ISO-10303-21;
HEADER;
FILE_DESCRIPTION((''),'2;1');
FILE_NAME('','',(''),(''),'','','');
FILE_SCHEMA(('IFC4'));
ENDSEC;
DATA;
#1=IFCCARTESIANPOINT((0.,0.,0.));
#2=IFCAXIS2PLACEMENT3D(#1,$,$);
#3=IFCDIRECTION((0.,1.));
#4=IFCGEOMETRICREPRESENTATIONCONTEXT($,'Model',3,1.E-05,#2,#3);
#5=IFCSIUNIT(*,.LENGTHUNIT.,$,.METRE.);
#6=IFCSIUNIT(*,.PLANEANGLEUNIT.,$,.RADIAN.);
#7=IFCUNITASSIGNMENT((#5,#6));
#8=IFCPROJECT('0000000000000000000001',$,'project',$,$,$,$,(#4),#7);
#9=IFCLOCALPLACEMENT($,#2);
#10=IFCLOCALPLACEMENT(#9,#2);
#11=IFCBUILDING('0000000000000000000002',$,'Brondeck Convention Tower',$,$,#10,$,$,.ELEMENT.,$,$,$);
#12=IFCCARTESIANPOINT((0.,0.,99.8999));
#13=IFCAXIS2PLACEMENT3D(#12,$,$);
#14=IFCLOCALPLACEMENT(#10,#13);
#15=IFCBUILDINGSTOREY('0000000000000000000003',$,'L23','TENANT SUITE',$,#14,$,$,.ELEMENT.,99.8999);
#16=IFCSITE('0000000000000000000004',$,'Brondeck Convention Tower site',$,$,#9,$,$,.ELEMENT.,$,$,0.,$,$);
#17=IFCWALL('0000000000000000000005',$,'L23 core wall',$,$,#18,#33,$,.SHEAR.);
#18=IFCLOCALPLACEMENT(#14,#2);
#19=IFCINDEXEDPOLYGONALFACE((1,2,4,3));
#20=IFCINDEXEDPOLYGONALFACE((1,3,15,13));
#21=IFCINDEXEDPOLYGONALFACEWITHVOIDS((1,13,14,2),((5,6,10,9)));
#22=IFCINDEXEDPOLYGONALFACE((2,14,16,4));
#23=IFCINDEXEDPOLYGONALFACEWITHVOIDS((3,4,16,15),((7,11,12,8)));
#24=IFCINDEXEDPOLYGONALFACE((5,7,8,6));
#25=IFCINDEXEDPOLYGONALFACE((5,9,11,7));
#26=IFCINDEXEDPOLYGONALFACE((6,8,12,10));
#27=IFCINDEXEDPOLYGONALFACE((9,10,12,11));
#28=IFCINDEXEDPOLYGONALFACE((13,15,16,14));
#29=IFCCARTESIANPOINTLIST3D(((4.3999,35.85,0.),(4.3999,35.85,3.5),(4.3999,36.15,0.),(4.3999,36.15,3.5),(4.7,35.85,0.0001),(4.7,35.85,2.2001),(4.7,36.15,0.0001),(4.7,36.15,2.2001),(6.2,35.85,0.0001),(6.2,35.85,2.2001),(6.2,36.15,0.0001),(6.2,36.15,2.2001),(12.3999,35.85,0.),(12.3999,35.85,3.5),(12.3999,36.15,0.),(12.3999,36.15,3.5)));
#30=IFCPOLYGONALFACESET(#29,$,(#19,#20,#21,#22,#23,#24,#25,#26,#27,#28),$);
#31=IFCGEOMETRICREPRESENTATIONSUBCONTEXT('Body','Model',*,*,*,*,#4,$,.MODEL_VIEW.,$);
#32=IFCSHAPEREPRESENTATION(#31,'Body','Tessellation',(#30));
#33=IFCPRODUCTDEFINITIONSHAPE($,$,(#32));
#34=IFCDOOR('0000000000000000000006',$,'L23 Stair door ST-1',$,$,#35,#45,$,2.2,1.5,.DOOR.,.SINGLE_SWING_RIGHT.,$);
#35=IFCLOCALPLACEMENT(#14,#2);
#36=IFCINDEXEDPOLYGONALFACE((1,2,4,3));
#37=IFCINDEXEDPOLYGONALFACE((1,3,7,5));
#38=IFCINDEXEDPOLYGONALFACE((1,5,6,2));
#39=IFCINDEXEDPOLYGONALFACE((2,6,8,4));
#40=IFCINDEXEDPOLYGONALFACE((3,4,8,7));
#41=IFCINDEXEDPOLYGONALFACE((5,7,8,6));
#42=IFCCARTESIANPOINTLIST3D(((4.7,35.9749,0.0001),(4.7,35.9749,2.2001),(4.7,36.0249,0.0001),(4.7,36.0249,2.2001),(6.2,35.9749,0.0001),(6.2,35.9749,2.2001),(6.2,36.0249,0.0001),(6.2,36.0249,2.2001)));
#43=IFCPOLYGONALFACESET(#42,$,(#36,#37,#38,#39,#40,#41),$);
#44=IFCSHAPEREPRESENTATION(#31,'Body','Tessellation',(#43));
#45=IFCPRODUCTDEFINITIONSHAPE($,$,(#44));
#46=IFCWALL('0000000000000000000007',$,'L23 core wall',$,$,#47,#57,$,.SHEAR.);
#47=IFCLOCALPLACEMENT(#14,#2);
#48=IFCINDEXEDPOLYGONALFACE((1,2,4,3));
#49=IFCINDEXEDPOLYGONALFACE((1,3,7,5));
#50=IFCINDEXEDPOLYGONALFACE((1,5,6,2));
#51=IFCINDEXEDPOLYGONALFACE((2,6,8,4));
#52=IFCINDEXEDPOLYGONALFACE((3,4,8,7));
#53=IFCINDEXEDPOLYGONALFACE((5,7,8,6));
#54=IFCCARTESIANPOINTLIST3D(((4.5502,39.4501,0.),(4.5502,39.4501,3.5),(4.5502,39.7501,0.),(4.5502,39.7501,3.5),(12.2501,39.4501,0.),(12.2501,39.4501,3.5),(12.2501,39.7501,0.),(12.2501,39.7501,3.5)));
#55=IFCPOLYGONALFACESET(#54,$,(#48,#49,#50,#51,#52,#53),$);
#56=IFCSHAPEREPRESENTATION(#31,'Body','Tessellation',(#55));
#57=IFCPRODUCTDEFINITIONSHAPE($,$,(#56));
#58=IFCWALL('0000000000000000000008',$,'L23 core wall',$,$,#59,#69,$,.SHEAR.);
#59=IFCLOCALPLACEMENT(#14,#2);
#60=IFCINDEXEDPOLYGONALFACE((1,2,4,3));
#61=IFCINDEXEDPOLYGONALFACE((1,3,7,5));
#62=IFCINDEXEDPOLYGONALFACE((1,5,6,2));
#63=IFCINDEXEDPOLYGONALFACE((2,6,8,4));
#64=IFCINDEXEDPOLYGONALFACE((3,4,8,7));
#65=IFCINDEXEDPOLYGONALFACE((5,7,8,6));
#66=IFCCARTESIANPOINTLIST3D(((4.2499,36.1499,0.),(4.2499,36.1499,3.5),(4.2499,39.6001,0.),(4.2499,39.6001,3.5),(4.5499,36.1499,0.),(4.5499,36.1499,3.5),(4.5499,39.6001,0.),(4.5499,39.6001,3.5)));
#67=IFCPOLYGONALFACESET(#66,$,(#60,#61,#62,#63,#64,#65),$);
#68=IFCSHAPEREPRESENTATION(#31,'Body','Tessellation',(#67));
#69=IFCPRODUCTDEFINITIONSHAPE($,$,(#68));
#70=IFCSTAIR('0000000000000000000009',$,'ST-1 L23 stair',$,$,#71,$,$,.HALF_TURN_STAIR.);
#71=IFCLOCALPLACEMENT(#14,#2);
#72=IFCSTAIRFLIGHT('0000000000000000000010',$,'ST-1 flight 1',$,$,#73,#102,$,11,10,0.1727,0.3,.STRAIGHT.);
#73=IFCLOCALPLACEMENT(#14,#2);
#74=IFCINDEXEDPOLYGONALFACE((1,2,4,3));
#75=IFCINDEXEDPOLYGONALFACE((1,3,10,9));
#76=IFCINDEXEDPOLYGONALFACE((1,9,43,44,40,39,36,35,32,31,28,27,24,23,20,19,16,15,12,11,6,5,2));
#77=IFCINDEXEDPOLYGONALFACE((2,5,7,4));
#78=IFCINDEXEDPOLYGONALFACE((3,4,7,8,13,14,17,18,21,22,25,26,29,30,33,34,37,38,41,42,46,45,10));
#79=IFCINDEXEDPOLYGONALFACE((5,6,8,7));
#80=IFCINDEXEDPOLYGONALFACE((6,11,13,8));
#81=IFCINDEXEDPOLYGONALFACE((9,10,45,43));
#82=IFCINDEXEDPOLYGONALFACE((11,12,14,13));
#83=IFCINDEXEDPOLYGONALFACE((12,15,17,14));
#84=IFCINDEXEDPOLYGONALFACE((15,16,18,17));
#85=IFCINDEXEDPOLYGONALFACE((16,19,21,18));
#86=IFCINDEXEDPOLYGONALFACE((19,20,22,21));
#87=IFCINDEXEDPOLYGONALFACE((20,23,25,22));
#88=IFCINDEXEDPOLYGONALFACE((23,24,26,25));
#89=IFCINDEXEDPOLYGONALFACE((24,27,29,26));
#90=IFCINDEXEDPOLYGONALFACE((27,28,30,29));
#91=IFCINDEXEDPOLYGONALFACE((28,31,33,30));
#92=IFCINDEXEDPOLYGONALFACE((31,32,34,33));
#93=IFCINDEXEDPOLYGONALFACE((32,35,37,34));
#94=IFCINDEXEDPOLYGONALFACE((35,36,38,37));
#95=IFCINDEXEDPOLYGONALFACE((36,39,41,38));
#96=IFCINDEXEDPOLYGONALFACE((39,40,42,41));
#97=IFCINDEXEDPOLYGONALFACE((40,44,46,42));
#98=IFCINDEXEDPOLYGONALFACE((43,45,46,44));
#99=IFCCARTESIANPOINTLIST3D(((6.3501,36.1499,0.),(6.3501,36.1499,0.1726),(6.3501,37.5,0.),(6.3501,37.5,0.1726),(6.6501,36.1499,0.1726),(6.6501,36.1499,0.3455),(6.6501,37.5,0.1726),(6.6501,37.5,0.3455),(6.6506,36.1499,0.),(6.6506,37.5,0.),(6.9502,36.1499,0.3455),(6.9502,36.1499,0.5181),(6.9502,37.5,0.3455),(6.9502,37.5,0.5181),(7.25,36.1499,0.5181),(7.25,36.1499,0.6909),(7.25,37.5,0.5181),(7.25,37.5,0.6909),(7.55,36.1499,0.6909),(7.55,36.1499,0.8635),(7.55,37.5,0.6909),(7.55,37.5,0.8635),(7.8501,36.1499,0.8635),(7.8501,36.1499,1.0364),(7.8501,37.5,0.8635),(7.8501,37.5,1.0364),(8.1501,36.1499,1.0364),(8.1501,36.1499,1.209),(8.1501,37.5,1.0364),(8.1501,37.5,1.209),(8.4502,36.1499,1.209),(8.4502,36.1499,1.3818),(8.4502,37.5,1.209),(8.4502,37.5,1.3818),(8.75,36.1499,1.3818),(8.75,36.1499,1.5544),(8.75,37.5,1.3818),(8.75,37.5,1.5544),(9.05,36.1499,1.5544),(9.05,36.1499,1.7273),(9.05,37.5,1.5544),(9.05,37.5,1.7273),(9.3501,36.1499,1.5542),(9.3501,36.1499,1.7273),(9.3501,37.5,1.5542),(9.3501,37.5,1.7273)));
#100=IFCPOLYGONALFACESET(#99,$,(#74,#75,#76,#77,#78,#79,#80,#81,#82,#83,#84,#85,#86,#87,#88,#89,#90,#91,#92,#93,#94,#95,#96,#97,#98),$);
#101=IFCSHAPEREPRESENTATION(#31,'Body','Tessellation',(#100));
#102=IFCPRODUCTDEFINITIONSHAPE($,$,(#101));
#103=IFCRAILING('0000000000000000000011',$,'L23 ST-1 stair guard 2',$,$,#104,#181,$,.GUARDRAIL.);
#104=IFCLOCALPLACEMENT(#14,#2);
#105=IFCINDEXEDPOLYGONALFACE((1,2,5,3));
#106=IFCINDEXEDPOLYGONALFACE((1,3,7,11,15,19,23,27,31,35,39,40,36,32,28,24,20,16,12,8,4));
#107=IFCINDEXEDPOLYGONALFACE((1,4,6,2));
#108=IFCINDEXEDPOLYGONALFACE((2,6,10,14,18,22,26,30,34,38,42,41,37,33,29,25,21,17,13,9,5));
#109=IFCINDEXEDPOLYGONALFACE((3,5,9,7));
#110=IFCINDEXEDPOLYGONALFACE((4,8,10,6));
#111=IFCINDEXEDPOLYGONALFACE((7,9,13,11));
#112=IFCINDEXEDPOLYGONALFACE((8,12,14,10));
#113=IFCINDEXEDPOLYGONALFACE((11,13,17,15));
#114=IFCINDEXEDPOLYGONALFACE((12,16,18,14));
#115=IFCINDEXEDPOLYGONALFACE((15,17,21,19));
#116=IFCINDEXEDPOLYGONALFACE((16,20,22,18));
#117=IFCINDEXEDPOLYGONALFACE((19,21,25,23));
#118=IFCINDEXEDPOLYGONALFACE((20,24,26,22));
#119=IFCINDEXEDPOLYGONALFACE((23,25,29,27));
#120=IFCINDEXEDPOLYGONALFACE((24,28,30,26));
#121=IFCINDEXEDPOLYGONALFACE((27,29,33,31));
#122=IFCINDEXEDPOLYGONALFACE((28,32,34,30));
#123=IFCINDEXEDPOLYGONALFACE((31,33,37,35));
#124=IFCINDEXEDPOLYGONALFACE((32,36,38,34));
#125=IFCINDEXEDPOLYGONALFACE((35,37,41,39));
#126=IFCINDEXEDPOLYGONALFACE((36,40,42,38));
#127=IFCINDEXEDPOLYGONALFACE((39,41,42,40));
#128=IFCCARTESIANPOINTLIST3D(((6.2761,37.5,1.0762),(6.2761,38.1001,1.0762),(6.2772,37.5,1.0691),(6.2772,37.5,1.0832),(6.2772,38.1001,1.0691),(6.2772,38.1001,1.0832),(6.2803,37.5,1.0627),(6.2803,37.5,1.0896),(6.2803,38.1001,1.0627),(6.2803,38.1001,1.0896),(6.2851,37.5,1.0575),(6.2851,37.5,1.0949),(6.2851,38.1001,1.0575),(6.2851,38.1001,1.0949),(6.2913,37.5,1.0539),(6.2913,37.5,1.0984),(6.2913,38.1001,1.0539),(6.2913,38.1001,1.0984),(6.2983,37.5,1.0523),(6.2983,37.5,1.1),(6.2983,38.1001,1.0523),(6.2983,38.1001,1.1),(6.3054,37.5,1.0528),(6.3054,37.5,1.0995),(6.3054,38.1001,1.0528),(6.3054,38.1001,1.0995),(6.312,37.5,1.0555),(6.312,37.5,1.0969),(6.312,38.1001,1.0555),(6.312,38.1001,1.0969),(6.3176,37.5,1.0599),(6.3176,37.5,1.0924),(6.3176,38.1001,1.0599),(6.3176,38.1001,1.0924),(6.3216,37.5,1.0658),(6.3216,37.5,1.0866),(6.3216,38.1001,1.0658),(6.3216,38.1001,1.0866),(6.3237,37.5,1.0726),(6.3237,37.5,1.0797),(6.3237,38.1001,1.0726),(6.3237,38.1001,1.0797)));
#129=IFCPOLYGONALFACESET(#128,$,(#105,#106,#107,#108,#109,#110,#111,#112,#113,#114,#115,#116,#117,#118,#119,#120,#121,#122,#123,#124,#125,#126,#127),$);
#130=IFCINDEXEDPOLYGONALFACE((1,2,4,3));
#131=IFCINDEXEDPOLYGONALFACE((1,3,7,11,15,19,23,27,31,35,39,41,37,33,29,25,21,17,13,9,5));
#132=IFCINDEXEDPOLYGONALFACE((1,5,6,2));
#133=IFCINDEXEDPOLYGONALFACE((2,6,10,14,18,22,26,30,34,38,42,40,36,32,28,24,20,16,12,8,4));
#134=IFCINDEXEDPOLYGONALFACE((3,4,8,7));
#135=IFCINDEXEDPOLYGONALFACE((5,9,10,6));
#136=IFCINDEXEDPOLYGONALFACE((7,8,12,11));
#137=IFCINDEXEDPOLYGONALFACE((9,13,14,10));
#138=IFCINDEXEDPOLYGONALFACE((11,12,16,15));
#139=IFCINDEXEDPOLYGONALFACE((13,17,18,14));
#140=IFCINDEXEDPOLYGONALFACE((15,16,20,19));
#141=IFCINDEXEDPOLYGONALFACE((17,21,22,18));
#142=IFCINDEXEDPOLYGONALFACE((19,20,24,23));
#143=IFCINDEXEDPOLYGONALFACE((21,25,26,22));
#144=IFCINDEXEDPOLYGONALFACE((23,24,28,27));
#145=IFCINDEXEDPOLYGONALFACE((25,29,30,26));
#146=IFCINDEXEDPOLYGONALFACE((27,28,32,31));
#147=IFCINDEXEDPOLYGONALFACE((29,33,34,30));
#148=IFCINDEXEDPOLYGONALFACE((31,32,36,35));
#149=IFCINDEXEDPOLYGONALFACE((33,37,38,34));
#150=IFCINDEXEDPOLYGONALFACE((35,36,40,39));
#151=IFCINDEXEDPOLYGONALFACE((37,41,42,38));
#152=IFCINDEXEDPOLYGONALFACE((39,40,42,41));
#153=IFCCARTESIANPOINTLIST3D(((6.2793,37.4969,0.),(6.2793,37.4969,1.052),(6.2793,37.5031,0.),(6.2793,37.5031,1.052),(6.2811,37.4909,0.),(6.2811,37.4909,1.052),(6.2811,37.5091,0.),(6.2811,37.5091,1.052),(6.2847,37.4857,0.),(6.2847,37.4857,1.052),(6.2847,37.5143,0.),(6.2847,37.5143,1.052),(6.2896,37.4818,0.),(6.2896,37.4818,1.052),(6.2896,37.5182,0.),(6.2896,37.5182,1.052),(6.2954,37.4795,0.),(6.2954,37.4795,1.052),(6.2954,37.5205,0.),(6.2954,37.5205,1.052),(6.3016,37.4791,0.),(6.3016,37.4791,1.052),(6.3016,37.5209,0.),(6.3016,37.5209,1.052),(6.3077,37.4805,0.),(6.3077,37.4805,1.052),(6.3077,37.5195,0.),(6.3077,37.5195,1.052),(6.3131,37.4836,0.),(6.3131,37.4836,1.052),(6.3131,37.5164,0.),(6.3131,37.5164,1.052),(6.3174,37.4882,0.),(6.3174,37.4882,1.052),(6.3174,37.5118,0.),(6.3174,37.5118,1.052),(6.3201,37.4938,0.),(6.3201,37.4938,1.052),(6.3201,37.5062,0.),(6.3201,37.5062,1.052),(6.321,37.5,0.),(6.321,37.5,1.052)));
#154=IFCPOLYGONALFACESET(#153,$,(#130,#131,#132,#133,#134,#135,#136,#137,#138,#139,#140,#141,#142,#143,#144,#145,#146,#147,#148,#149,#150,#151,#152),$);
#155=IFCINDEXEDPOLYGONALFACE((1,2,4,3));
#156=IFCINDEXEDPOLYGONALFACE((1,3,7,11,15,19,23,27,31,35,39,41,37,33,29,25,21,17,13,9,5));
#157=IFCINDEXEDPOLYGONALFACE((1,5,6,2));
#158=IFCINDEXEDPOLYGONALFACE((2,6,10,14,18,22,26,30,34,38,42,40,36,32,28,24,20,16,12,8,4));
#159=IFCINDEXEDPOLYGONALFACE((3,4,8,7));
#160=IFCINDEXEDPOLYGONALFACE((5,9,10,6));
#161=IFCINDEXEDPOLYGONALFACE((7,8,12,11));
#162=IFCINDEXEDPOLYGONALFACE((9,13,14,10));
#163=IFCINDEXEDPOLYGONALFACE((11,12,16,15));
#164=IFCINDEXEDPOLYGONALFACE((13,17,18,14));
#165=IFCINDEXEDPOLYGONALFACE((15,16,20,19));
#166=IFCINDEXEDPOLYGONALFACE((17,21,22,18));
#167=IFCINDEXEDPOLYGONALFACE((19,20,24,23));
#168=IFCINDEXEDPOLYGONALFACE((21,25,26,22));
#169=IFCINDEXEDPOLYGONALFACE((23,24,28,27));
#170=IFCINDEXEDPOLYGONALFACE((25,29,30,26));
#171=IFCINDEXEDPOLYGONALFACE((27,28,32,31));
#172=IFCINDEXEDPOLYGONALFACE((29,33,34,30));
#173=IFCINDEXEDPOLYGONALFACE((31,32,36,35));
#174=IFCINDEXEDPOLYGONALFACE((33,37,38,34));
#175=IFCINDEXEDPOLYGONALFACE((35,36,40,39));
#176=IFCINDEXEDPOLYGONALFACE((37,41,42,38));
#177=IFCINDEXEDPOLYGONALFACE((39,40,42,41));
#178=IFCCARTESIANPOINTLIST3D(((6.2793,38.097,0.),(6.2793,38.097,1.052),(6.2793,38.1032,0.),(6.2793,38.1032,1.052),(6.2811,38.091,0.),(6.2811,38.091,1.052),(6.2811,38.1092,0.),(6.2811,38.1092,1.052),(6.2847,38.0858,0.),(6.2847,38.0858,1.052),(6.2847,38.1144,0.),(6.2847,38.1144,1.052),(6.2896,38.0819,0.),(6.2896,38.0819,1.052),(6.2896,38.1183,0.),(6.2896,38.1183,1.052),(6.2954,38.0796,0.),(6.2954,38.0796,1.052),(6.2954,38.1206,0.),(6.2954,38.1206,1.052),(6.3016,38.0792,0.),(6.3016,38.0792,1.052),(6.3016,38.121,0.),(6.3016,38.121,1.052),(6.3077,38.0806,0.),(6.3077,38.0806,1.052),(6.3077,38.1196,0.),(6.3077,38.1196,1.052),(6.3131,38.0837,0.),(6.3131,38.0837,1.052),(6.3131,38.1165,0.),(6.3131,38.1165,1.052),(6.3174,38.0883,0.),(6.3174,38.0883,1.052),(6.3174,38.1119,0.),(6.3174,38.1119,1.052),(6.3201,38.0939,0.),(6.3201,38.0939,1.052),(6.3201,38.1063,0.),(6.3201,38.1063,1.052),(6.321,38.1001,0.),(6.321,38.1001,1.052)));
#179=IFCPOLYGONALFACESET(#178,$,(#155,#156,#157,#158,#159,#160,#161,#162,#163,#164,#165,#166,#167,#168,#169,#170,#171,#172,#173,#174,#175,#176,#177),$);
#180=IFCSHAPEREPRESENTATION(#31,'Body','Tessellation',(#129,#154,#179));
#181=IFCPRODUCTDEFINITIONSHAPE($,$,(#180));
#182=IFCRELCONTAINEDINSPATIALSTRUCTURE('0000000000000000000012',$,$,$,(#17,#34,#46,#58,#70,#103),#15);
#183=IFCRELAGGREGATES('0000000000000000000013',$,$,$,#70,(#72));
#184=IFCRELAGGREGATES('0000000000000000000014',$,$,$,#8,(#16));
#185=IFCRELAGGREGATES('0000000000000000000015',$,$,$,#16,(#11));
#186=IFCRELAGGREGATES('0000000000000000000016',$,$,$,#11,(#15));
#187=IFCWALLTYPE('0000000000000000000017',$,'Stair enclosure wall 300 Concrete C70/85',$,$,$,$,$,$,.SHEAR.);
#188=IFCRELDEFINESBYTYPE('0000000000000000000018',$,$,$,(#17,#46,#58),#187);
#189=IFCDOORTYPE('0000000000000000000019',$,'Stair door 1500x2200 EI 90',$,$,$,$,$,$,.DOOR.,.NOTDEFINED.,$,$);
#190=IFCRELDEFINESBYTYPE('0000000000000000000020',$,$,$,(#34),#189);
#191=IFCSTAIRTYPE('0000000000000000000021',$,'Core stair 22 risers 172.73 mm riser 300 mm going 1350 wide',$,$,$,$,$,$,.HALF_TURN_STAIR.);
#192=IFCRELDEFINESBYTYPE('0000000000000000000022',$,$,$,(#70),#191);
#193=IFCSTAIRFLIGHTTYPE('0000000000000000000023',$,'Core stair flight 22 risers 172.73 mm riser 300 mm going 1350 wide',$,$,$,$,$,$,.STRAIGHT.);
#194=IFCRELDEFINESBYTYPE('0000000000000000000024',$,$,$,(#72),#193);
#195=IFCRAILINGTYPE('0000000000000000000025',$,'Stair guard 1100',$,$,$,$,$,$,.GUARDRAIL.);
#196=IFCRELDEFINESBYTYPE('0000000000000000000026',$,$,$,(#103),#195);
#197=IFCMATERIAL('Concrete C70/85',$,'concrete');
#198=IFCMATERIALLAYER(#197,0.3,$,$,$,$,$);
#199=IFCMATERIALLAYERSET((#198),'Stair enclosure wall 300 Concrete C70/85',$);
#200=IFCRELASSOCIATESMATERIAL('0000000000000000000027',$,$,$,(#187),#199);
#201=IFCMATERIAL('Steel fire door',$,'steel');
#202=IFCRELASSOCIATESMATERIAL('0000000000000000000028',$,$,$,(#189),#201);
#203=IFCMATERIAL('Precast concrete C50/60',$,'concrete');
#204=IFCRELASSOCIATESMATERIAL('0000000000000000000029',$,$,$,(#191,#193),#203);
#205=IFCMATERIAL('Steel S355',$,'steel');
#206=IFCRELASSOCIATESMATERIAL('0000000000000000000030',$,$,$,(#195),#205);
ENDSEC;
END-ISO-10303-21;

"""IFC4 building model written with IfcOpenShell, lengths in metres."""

from ifc_helpers import new_model, si_unit, direction, frame, frame_2d, origin, origin_2d, place, context, subcontext, project, spatial, polyline, rectangle, circle, outline, extrude, material, layer, layer_set, type_object, element, fill, aggregate, save


model = new_model("IFC4")

# Units and contexts
model_context = context("Model", 3, precision=1e-05, world=origin(), true_north=direction((0.0, 1.0)))
body_context = subcontext(model_context, "Body", "Model", "MODEL_VIEW")
ifc_project = project(units=[si_unit("LENGTHUNIT", "METRE"), si_unit("PLANEANGLEUNIT", "RADIAN")], contexts=[model_context])

# Site, building, storey
site_placement = place(None, origin())
site = spatial("IfcSite", under=ifc_project, at=site_placement, Name="Brondeck Convention Tower site", CompositionType="ELEMENT", RefElevation=0.0)
building_placement = place(site_placement, origin())
building = spatial("IfcBuilding", under=site, at=building_placement, Name="Brondeck Convention Tower", CompositionType="ELEMENT")
storey_placement = place(building_placement, frame((0.0, 0.0, 99.8999)))
storey = spatial("IfcBuildingStorey", under=building, at=storey_placement, Name="L23", Description="TENANT SUITE", CompositionType="ELEMENT", Elevation=99.8999)

# Shared definitions
ifc_material_1 = material(Name="Concrete C70/85", Category="concrete")

# Shared definitions
ifc_material_2 = material(Name="Steel fire door", Category="steel")

# Wall, opening, door
ifc_layer_1 = layer(ifc_material_1, 0.3)
ifc_layer_set_1 = layer_set([ifc_layer_1], Name="Stair enclosure wall 300 Concrete C70/85")
wall_type_1 = type_object("IfcWallType", Name="Stair enclosure wall 300 Concrete C70/85", PredefinedType="SHEAR", material=ifc_layer_set_1)
wall_1_placement = place(storey_placement, frame((4.3999, 36.0, 0.0), z_axis=(0.0, 0.0, 1.0), x_axis=(1.0, 0.0, 0.0)))
wall_1 = element("IfcWall", 1, at=wall_1_placement, inside=storey, type_object=wall_type_1, Name="L23 core wall", PredefinedType="SHEAR", context=body_context, shape_type="SweptSolid", body=[
    extrude(rectangle(XDim=8.0, YDim=0.3, at=frame_2d((4.0, 0.0))), origin(), (0.0, 0.0, 1.0), 3.5),
])
opening_1_placement = place(wall_1_placement, frame((0.3, 0.0, 0.0)))
opening_1 = element("IfcOpeningElement", 2, at=opening_1_placement, cuts=wall_1, PredefinedType="OPENING", context=body_context, shape_type="SweptSolid", body=[
    extrude(rectangle(XDim=1.5, YDim=2.2, at=frame_2d((0.75, 1.1001))), frame((0.0, 0.1599, 0.0), z_axis=(0.0, -1.0, 0.0), x_axis=(1.0, 0.0, 0.0)), (0.0, 0.0, 1.0), 0.3201),
])
door_type_1 = type_object("IfcDoorType", Name="Stair door 1500x2200 EI 90", OperationType="NOTDEFINED", PredefinedType="DOOR", material=ifc_material_2)
door_1_placement = place(opening_1_placement, origin())
door_1 = element("IfcDoor", 3, at=door_1_placement, inside=storey, type_object=door_type_1, Name="L23 Stair door ST-1", OperationType="SINGLE_SWING_RIGHT", OverallHeight=2.2, OverallWidth=1.5, PredefinedType="DOOR", context=body_context, shape_type="SweptSolid", body=[
    extrude(rectangle(XDim=1.5, YDim=2.2, at=frame_2d((0.75, 1.1001))), frame((0.0, 0.0249, 0.0), z_axis=(0.0, -1.0, 0.0), x_axis=(1.0, 0.0, 0.0)), (0.0, 0.0, 1.0), 0.05),
])
fill(opening_1, door_1)

# Walls
wall_2_placement = place(storey_placement, frame((4.55, 39.6001, 0.0), z_axis=(0.0, 0.0, 1.0), x_axis=(1.0, 0.0, 0.0)))
element("IfcWall", 4, at=wall_2_placement, inside=storey, type_object=wall_type_1, Name="L23 core wall", PredefinedType="SHEAR", context=body_context, shape_type="SweptSolid", body=[
    extrude(rectangle(XDim=7.7, YDim=0.3, at=frame_2d((3.8501, 0.0))), origin(), (0.0, 0.0, 1.0), 3.5),
])
wall_3_placement = place(storey_placement, frame((4.3999, 36.1499, 0.0), z_axis=(0.0, 0.0, 1.0), x_axis=(0.0, 1.0, 0.0)))
element("IfcWall", 5, at=wall_3_placement, inside=storey, type_object=wall_type_1, Name="L23 core wall", PredefinedType="SHEAR", context=body_context, shape_type="SweptSolid", body=[
    extrude(rectangle(XDim=3.4502, YDim=0.3, at=frame_2d((1.7251, 0.0))), origin(), (0.0, 0.0, 1.0), 3.5),
])

# Stair, stair flight
ifc_material_3 = material(Name="Precast concrete C50/60", Category="concrete")
stair_type = type_object("IfcStairType", Name="Core stair 22 risers 172.73 mm riser 300 mm going 1350 wide", PredefinedType="HALF_TURN_STAIR", material=ifc_material_3)
stair_placement = place(storey_placement, origin())
stair = element("IfcStair", 6, at=stair_placement, inside=storey, type_object=stair_type, Name="ST-1 L23 stair", PredefinedType="HALF_TURN_STAIR")
stair_flight_type = type_object("IfcStairFlightType", Name="Core stair flight 22 risers 172.73 mm riser 300 mm going 1350 wide", PredefinedType="STRAIGHT", material=ifc_material_3)
stair_flight_placement = place(storey_placement, frame((6.3501, 36.825, 0.0), z_axis=(0.0, 0.0, 1.0), x_axis=(1.0, 0.0, 0.0)))
stair_flight = element("IfcStairFlight", 7, at=stair_flight_placement, type_object=stair_flight_type, Name="ST-1 flight 1", NumberOfRisers=11, NumberOfTreads=10, PredefinedType="STRAIGHT", RiserHeight=0.1727, TreadLength=0.3, context=body_context, shape_type="SweptSolid", body=[
    extrude(outline(polyline([(0.0, 0.0), (0.0, 0.1726), (0.3, 0.1726), (0.3, 0.3455), (0.6001, 0.3455), (0.6001, 0.5181), (0.8999, 0.5181), (0.8999, 0.6909), (1.2, 0.6909), (1.2, 0.8635), (1.5, 0.8635), (1.5, 1.0364), (1.8, 1.0364), (1.8, 1.209), (2.1001, 1.209), (2.1001, 1.3818), (2.3999, 1.3818), (2.3999, 1.5544), (2.7, 1.5544), (2.7, 1.7273), (3.0, 1.7273), (3.0, 1.8999), (3.0, 1.5542), (0.3005, 0.0), (0.0, 0.0)])), frame((0.0, 0.675, 0.0), z_axis=(0.0, -1.0, 0.0), x_axis=(1.0, 0.0, 0.0)), (0.0, 0.0, 1.0), 1.3501),
])
aggregate(stair, [stair_flight])

# Railing
ifc_material_4 = material(Name="Steel S355", Category="steel")
railing_type_1 = type_object("IfcRailingType", Name="Stair guard 1100", PredefinedType="GUARDRAIL", material=ifc_material_4)
railing_1_placement = place(storey_placement, frame((6.3, 37.5, 0.0)))
element("IfcRailing", 8, at=railing_1_placement, inside=storey, type_object=railing_type_1, Name="L23 ST-1 stair guard 2", PredefinedType="GUARDRAIL", context=body_context, shape_type="SweptSolid", body=[
    extrude(circle(Radius=0.0239, at=origin_2d()), frame((0.0, 0.0, 1.0762), z_axis=(0.0, 1.0, 0.0), x_axis=(-1.0, 0.0, 0.0)), (0.0, 0.0, 1.0), 0.6001),
    extrude(circle(Radius=0.021, at=origin_2d()), origin(), (0.0, 0.0, 1.0), 1.052),
    extrude(circle(Radius=0.021, at=origin_2d()), frame((0.0, 0.6001, 0.0)), (0.0, 0.0, 1.0), 1.052),
])

save(model, "model.ifc")
